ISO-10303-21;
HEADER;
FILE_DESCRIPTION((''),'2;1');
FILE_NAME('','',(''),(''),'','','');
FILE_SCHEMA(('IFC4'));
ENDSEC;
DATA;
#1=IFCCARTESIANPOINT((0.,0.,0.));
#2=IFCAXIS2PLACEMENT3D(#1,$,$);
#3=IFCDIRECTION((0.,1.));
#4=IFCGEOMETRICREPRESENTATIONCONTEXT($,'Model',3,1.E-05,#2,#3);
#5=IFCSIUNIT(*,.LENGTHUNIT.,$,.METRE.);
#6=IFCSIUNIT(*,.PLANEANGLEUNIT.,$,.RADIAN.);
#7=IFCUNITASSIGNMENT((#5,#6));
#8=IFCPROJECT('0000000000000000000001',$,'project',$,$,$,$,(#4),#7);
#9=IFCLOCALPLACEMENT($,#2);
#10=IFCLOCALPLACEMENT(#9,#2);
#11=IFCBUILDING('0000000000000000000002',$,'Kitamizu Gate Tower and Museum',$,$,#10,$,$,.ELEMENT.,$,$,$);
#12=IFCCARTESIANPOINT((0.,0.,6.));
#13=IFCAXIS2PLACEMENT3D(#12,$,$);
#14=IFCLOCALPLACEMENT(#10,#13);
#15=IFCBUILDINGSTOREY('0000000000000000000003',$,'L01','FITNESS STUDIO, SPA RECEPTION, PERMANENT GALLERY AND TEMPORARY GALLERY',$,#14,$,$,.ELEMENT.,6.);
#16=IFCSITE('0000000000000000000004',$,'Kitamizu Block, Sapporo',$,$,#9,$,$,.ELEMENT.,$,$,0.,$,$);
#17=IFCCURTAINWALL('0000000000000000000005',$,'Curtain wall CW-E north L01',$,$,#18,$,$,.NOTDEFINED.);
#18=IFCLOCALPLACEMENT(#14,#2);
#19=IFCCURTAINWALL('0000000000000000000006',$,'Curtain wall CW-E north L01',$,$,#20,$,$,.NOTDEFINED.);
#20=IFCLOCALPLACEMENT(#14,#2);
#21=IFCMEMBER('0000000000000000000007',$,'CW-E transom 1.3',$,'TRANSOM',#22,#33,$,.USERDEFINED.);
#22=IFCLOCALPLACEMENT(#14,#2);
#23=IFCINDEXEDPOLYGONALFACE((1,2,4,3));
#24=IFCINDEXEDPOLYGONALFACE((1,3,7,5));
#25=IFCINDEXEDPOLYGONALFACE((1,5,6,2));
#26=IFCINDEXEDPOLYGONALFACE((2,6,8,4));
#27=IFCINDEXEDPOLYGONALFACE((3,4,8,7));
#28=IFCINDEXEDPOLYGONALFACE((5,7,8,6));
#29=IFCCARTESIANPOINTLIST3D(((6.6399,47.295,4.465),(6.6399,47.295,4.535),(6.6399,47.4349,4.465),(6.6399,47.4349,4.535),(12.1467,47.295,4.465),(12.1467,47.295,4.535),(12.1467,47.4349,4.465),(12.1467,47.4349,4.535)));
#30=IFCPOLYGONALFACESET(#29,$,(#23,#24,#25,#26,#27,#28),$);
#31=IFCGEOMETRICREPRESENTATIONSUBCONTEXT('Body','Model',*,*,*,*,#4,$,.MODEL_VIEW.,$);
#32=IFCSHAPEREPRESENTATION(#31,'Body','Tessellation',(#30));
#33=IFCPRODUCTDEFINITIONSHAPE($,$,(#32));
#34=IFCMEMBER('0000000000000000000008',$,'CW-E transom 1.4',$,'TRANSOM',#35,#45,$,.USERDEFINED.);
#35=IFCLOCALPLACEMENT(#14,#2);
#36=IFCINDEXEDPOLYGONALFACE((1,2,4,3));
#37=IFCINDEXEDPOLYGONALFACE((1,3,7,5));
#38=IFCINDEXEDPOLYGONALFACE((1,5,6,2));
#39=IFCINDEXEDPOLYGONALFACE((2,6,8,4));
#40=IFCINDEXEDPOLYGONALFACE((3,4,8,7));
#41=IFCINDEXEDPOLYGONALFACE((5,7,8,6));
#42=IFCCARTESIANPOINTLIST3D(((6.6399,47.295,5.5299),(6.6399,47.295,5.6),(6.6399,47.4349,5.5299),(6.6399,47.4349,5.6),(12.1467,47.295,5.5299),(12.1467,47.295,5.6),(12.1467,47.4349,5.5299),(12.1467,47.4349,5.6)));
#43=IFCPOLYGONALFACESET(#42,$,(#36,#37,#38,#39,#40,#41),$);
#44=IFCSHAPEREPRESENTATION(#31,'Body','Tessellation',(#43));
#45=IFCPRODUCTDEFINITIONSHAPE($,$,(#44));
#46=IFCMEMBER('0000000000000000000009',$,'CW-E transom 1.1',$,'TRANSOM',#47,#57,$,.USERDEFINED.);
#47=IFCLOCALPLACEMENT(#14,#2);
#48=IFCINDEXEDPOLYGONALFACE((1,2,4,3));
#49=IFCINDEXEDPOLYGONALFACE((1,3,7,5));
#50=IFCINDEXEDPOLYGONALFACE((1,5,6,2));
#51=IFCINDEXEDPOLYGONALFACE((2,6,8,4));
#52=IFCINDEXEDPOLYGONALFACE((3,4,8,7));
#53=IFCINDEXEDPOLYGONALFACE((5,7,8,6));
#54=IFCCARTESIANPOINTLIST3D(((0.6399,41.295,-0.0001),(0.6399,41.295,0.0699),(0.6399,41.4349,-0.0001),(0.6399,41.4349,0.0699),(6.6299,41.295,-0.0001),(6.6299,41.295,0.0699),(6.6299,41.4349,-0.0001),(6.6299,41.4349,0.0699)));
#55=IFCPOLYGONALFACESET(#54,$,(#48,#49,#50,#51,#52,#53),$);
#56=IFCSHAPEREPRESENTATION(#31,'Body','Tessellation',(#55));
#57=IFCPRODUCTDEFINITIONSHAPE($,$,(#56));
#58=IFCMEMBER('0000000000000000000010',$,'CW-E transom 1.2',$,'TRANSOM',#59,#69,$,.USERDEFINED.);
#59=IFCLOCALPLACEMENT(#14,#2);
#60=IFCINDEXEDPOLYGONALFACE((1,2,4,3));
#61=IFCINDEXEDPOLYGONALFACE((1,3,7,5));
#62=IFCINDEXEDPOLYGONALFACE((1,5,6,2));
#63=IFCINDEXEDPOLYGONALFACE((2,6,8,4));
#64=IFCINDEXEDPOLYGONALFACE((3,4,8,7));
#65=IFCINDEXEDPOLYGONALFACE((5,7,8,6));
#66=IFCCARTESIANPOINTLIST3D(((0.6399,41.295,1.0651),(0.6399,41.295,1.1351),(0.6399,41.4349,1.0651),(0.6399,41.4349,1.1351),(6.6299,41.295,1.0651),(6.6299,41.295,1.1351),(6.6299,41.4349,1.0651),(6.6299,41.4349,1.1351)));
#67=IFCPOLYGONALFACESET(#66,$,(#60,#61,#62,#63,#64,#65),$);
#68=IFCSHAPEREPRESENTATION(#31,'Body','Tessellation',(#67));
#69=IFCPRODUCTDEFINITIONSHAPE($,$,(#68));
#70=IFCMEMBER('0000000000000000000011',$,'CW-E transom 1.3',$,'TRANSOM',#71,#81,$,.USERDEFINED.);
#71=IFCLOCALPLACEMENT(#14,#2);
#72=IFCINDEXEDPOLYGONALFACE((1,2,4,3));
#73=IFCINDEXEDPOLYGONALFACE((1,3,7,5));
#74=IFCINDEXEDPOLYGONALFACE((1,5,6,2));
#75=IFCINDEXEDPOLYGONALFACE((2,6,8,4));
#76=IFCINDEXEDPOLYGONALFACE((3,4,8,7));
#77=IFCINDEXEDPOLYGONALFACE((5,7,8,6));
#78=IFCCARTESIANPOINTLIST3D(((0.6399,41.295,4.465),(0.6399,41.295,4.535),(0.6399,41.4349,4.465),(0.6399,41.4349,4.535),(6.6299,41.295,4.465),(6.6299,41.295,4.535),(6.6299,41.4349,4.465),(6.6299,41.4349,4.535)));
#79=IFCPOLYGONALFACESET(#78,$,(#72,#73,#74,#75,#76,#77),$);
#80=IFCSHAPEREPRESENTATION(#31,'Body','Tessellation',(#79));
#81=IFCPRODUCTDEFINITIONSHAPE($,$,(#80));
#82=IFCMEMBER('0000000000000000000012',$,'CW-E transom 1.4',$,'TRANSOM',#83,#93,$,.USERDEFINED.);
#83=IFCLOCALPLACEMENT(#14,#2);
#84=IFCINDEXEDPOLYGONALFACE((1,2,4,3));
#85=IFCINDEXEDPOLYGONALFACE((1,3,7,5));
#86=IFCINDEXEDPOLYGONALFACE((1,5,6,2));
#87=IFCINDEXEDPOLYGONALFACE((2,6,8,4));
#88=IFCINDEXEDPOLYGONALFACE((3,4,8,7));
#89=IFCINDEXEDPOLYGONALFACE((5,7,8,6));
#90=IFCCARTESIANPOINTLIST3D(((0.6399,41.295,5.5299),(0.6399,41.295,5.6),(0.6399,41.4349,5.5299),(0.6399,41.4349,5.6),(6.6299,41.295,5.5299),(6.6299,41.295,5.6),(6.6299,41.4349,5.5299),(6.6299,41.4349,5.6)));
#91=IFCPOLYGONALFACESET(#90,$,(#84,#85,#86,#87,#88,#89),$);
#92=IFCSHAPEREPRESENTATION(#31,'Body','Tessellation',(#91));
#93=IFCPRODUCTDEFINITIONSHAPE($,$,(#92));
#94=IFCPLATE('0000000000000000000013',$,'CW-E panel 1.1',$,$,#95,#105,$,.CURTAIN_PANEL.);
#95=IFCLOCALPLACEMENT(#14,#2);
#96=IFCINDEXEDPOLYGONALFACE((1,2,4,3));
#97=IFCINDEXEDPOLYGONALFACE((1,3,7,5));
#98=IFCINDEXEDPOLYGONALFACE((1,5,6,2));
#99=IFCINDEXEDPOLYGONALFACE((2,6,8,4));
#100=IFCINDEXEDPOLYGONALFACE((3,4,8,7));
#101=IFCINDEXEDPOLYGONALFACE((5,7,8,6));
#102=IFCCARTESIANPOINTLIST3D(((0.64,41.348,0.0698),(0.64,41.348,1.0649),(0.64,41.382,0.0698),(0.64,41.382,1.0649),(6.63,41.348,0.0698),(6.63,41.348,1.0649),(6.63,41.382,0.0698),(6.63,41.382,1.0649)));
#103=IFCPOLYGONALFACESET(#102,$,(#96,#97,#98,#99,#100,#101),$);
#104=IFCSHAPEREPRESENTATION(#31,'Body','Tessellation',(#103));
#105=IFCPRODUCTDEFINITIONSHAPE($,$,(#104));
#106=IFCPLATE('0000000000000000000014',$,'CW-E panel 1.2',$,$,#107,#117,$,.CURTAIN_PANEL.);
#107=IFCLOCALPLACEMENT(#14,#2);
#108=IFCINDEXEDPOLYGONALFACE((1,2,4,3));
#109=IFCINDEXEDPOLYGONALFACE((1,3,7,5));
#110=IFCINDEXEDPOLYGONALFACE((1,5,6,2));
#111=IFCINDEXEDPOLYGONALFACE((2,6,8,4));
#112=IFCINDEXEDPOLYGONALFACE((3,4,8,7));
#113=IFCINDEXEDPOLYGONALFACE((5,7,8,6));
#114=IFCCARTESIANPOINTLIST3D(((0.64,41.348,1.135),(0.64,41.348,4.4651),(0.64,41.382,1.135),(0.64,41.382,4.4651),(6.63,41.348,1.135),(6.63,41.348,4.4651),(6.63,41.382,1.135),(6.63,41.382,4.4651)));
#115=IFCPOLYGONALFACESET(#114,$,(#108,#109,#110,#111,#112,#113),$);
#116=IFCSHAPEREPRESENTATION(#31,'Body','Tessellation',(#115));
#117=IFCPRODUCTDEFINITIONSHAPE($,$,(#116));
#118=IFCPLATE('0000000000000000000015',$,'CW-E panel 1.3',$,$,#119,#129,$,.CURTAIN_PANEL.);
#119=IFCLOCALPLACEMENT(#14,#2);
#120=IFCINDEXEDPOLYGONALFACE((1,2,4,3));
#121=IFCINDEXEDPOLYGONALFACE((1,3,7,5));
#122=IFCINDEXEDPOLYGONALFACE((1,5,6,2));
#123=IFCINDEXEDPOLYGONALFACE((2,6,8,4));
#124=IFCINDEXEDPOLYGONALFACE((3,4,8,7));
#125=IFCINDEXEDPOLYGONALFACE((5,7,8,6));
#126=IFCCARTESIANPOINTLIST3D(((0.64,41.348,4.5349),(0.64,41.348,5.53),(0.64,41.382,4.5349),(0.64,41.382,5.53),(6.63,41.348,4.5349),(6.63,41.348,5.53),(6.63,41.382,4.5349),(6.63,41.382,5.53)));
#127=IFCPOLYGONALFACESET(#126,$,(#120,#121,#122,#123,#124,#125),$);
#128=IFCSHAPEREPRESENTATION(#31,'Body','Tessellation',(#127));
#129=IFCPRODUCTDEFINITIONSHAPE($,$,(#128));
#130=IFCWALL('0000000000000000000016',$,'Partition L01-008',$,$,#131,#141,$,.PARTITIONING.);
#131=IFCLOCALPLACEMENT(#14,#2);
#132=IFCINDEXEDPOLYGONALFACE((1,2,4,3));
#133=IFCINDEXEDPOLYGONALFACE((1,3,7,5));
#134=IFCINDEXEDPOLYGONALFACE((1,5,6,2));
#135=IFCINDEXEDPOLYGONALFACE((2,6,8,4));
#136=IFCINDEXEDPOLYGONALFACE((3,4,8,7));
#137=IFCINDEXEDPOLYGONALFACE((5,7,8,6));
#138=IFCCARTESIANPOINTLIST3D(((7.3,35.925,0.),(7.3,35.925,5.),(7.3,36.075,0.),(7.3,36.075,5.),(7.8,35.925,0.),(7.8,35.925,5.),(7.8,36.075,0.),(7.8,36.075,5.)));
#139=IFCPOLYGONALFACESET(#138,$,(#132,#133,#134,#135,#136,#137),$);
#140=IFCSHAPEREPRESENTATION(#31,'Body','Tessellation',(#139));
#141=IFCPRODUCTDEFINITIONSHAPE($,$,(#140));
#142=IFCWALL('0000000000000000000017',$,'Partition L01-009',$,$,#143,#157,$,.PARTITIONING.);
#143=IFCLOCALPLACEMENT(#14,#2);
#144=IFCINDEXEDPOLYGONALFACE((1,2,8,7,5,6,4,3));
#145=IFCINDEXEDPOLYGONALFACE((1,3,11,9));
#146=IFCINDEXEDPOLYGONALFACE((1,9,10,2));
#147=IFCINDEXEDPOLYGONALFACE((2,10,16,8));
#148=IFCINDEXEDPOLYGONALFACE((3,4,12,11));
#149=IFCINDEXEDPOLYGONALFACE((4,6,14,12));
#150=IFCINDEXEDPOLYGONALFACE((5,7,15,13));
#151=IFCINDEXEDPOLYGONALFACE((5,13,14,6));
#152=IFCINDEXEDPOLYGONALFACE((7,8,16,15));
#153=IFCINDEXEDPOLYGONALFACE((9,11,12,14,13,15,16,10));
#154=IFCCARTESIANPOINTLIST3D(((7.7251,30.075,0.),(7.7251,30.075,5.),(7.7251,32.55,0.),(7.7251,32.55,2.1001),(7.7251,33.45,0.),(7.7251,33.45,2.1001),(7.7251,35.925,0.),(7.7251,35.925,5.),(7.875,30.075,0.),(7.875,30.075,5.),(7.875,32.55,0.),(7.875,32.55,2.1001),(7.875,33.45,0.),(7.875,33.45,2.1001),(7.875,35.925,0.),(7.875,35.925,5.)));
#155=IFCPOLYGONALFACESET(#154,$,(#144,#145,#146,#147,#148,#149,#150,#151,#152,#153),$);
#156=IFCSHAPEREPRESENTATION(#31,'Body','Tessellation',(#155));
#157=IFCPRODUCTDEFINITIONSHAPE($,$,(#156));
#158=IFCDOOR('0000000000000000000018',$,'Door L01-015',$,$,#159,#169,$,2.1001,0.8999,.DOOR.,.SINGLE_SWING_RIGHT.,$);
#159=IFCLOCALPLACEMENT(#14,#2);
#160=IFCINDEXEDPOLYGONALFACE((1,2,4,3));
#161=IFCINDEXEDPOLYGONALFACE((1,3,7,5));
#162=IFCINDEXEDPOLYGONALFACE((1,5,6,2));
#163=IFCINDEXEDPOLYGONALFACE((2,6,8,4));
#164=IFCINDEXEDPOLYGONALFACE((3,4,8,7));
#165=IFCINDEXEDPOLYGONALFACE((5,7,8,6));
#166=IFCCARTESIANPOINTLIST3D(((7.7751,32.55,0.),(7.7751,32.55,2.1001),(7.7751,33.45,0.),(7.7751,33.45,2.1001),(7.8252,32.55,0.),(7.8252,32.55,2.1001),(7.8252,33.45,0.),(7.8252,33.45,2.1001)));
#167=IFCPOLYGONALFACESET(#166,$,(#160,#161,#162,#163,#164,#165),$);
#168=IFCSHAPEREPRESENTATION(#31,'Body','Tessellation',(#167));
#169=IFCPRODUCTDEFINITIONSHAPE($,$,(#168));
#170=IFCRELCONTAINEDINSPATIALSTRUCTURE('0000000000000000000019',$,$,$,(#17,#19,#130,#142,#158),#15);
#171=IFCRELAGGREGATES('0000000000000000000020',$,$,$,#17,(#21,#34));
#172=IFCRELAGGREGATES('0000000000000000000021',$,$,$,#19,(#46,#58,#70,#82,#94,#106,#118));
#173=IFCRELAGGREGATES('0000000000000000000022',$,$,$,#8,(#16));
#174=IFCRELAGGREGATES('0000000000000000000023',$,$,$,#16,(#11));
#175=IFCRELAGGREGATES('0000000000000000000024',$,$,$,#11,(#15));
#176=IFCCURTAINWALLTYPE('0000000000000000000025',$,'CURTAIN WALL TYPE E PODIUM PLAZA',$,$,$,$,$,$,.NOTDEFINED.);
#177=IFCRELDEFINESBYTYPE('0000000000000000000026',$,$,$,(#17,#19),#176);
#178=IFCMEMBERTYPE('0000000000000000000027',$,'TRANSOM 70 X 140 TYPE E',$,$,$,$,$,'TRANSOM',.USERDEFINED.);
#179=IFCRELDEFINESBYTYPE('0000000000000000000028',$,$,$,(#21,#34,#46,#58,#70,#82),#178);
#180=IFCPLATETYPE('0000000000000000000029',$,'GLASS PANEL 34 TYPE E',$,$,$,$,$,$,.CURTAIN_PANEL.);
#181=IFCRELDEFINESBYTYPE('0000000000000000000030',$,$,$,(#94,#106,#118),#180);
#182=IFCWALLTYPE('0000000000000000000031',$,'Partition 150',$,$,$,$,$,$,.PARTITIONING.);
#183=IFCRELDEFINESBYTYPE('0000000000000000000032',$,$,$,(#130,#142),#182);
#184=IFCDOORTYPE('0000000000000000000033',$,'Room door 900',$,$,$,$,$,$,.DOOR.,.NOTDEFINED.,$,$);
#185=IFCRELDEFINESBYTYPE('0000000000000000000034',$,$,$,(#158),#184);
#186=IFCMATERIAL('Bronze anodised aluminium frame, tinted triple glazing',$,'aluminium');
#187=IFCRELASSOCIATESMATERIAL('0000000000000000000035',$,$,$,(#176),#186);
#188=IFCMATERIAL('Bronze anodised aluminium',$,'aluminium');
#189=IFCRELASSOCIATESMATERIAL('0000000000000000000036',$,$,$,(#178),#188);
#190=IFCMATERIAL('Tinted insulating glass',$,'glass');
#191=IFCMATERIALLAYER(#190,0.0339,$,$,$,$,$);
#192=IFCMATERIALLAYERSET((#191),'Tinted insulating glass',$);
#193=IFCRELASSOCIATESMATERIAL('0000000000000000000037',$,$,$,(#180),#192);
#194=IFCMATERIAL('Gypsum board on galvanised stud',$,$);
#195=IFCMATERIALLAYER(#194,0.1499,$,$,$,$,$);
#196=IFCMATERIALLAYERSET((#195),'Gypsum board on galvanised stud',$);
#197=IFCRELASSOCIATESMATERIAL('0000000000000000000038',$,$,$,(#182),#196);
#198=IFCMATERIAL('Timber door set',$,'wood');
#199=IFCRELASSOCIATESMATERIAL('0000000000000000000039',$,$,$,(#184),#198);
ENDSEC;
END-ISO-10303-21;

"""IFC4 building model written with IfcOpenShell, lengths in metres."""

from ifc_helpers import new_model, si_unit, direction, frame, frame_2d, origin, origin_2d, place, context, subcontext, project, spatial, rectangle, extrude, material, layer, layer_set, material_profile, profile_set, type_object, element, fill, aggregate, save


model = new_model("IFC4")

# Units and contexts
model_context = context("Model", 3, precision=1e-05, world=origin(), true_north=direction((0.0, 1.0)))
body_context = subcontext(model_context, "Body", "Model", "MODEL_VIEW")
ifc_project = project(units=[si_unit("LENGTHUNIT", "METRE"), si_unit("PLANEANGLEUNIT", "RADIAN")], contexts=[model_context])

# Site, building, storey
site_placement = place(None, origin())
site = spatial("IfcSite", under=ifc_project, at=site_placement, Name="Kitamizu Block, Sapporo", CompositionType="ELEMENT", RefElevation=0.0)
building_placement = place(site_placement, origin())
building = spatial("IfcBuilding", under=site, at=building_placement, Name="Kitamizu Gate Tower and Museum", CompositionType="ELEMENT")
storey_placement = place(building_placement, frame((0.0, 0.0, 6.0)))
storey = spatial("IfcBuildingStorey", under=building, at=storey_placement, Name="L01", Description="FITNESS STUDIO, SPA RECEPTION, PERMANENT GALLERY AND TEMPORARY GALLERY", CompositionType="ELEMENT", Elevation=6.0)

# Curtain wall
ifc_material_1 = material(Name="Bronze anodised aluminium frame, tinted triple glazing", Category="aluminium")
curtain_wall_type = type_object("IfcCurtainWallType", Name="CURTAIN WALL TYPE E PODIUM PLAZA", PredefinedType="NOTDEFINED", material=ifc_material_1)
curtain_wall_1_placement = place(storey_placement, origin())
curtain_wall_1 = element("IfcCurtainWall", 1, at=curtain_wall_1_placement, inside=storey, type_object=curtain_wall_type, Name="Curtain wall CW-E north L01", PredefinedType="NOTDEFINED")

# Curtain wall
curtain_wall_2_placement = place(storey_placement, origin())
curtain_wall_2 = element("IfcCurtainWall", 2, at=curtain_wall_2_placement, inside=storey, type_object=curtain_wall_type, Name="Curtain wall CW-E north L01", PredefinedType="NOTDEFINED")

# Members
ifc_material_2 = material(Name="Bronze anodised aluminium", Category="aluminium")
ifc_material_profile_1 = material_profile(ifc_material_2, rectangle(XDim=0.1399, YDim=0.0701, at=origin_2d()), Name="AL 70X140")
ifc_profile_set_1 = profile_set([ifc_material_profile_1], Name="Bronze anodised aluminium")
member_type_1 = type_object("IfcMemberType", Name="TRANSOM 70 X 140 TYPE E", ElementType="TRANSOM", PredefinedType="USERDEFINED", material=ifc_profile_set_1)
member_1_placement = place(storey_placement, frame((6.6399, 47.365, 4.5), z_axis=(1.0, 0.0, 0.0), x_axis=(0.0, 1.0, 0.0)))
member_1 = element("IfcMember", 3, at=member_1_placement, type_object=member_type_1, Name="CW-E transom 1.3", ObjectType="TRANSOM", PredefinedType="USERDEFINED", context=body_context, shape_type="SweptSolid", body=[
    extrude(rectangle(XDim=0.1399, YDim=0.0701, at=origin_2d()), origin(), (0.0, 0.0, 1.0), 5.5068),
])
member_2_placement = place(storey_placement, frame((6.6399, 47.365, 5.5649), z_axis=(1.0, 0.0, 0.0), x_axis=(0.0, 1.0, 0.0)))
member_2 = element("IfcMember", 4, at=member_2_placement, type_object=member_type_1, Name="CW-E transom 1.4", ObjectType="TRANSOM", PredefinedType="USERDEFINED", context=body_context, shape_type="SweptSolid", body=[
    extrude(rectangle(XDim=0.1399, YDim=0.0701, at=origin_2d()), origin(), (0.0, 0.0, 1.0), 5.5068),
])
aggregate(curtain_wall_1, [member_1, member_2])
member_3_placement = place(storey_placement, frame((0.6399, 41.365, 0.0349), z_axis=(1.0, 0.0, 0.0), x_axis=(0.0, 1.0, 0.0)))
member_3 = element("IfcMember", 5, at=member_3_placement, type_object=member_type_1, Name="CW-E transom 1.1", ObjectType="TRANSOM", PredefinedType="USERDEFINED", context=body_context, shape_type="SweptSolid", body=[
    extrude(rectangle(XDim=0.1399, YDim=0.0701, at=origin_2d()), origin(), (0.0, 0.0, 1.0), 5.99),
])
member_4_placement = place(storey_placement, frame((0.6399, 41.365, 1.1001), z_axis=(1.0, 0.0, 0.0), x_axis=(0.0, 1.0, 0.0)))
member_4 = element("IfcMember", 6, at=member_4_placement, type_object=member_type_1, Name="CW-E transom 1.2", ObjectType="TRANSOM", PredefinedType="USERDEFINED", context=body_context, shape_type="SweptSolid", body=[
    extrude(rectangle(XDim=0.1399, YDim=0.0701, at=origin_2d()), origin(), (0.0, 0.0, 1.0), 5.99),
])
member_5_placement = place(storey_placement, frame((0.6399, 41.365, 4.5), z_axis=(1.0, 0.0, 0.0), x_axis=(0.0, 1.0, 0.0)))
member_5 = element("IfcMember", 7, at=member_5_placement, type_object=member_type_1, Name="CW-E transom 1.3", ObjectType="TRANSOM", PredefinedType="USERDEFINED", context=body_context, shape_type="SweptSolid", body=[
    extrude(rectangle(XDim=0.1399, YDim=0.0701, at=origin_2d()), origin(), (0.0, 0.0, 1.0), 5.99),
])
member_6_placement = place(storey_placement, frame((0.6399, 41.365, 5.5649), z_axis=(1.0, 0.0, 0.0), x_axis=(0.0, 1.0, 0.0)))
member_6 = element("IfcMember", 8, at=member_6_placement, type_object=member_type_1, Name="CW-E transom 1.4", ObjectType="TRANSOM", PredefinedType="USERDEFINED", context=body_context, shape_type="SweptSolid", body=[
    extrude(rectangle(XDim=0.1399, YDim=0.0701, at=origin_2d()), origin(), (0.0, 0.0, 1.0), 5.99),
])

# Plates
ifc_material_3 = material(Name="Tinted insulating glass", Category="glass")
ifc_layer_1 = layer(ifc_material_3, 0.0339)
ifc_layer_set_1 = layer_set([ifc_layer_1], Name="Tinted insulating glass")
plate_type = type_object("IfcPlateType", Name="GLASS PANEL 34 TYPE E", PredefinedType="CURTAIN_PANEL", material=ifc_layer_set_1)
plate_1_placement = place(storey_placement, frame((3.635, 41.365, 0.0698), z_axis=(0.0, 0.0, 1.0), x_axis=(1.0, 0.0, 0.0)))
plate_1 = element("IfcPlate", 9, at=plate_1_placement, type_object=plate_type, Name="CW-E panel 1.1", PredefinedType="CURTAIN_PANEL", context=body_context, shape_type="SweptSolid", body=[
    extrude(rectangle(XDim=5.99, YDim=0.0339, at=origin_2d()), origin(), (0.0, 0.0, 1.0), 0.9951),
])
plate_2_placement = place(storey_placement, frame((3.635, 41.365, 1.135), z_axis=(0.0, 0.0, 1.0), x_axis=(1.0, 0.0, 0.0)))
plate_2 = element("IfcPlate", 10, at=plate_2_placement, type_object=plate_type, Name="CW-E panel 1.2", PredefinedType="CURTAIN_PANEL", context=body_context, shape_type="SweptSolid", body=[
    extrude(rectangle(XDim=5.99, YDim=0.0339, at=origin_2d()), origin(), (0.0, 0.0, 1.0), 3.3301),
])
plate_3_placement = place(storey_placement, frame((3.635, 41.365, 4.5349), z_axis=(0.0, 0.0, 1.0), x_axis=(1.0, 0.0, 0.0)))
plate_3 = element("IfcPlate", 11, at=plate_3_placement, type_object=plate_type, Name="CW-E panel 1.3", PredefinedType="CURTAIN_PANEL", context=body_context, shape_type="SweptSolid", body=[
    extrude(rectangle(XDim=5.99, YDim=0.0339, at=origin_2d()), origin(), (0.0, 0.0, 1.0), 0.9951),
])
aggregate(curtain_wall_2, [member_3, member_4, member_5, member_6, plate_1, plate_2, plate_3])

# Wall
ifc_material_4 = material(Name="Gypsum board on galvanised stud")
ifc_layer_2 = layer(ifc_material_4, 0.1499)
ifc_layer_set_2 = layer_set([ifc_layer_2], Name="Gypsum board on galvanised stud")
wall_type_1 = type_object("IfcWallType", Name="Partition 150", PredefinedType="PARTITIONING", material=ifc_layer_set_2)
wall_1_placement = place(storey_placement, frame((7.3, 36.0, 0.0), z_axis=(0.0, 0.0, 1.0), x_axis=(1.0, 0.0, 0.0)))
element("IfcWall", 12, at=wall_1_placement, inside=storey, type_object=wall_type_1, Name="Partition L01-008", PredefinedType="PARTITIONING", context=body_context, shape_type="SweptSolid", body=[
    extrude(rectangle(XDim=0.5, YDim=0.1499, at=frame_2d((0.25, 0.0))), origin(), (0.0, 0.0, 1.0), 5.0),
])

# Wall, opening, door
wall_2_placement = place(storey_placement, frame((7.8, 35.925, 0.0), z_axis=(0.0, 0.0, 1.0), x_axis=(0.0, -1.0, 0.0)))
wall_2 = element("IfcWall", 13, at=wall_2_placement, inside=storey, type_object=wall_type_1, Name="Partition L01-009", PredefinedType="PARTITIONING", context=body_context, shape_type="SweptSolid", body=[
    extrude(rectangle(XDim=5.8501, YDim=0.1499, at=frame_2d((2.925, 0.0))), origin(), (0.0, 0.0, 1.0), 5.0),
])
opening_1_placement = place(wall_2_placement, frame((2.4751, 0.0, 0.0)))
opening_1 = element("IfcOpeningElement", 14, at=opening_1_placement, cuts=wall_2, PredefinedType="OPENING", context=body_context, shape_type="SweptSolid", body=[
    extrude(rectangle(XDim=0.8999, YDim=2.1001, at=frame_2d((0.45, 1.05))), frame((0.0, 0.085, 0.0), z_axis=(0.0, -1.0, 0.0), x_axis=(1.0, 0.0, 0.0)), (0.0, 0.0, 1.0), 0.1699),
])
ifc_material_5 = material(Name="Timber door set", Category="wood")
door_type_1 = type_object("IfcDoorType", Name="Room door 900", OperationType="NOTDEFINED", PredefinedType="DOOR", material=ifc_material_5)
door_1_placement = place(opening_1_placement, frame((0.8999, 0.0, 0.0), x_axis=(-1.0, 0.0, 0.0)))
door_1 = element("IfcDoor", 15, at=door_1_placement, inside=storey, type_object=door_type_1, Name="Door L01-015", OperationType="SINGLE_SWING_RIGHT", OverallHeight=2.1001, OverallWidth=0.8999, PredefinedType="DOOR", context=body_context, shape_type="SweptSolid", body=[
    extrude(rectangle(XDim=0.8999, YDim=2.1001, at=frame_2d((0.45, 1.05))), frame((0.0, 0.0249, 0.0), z_axis=(0.0, -1.0, 0.0), x_axis=(1.0, 0.0, 0.0)), (0.0, 0.0, 1.0), 0.05),
])
fill(opening_1, door_1)

save(model, "model.ifc")
